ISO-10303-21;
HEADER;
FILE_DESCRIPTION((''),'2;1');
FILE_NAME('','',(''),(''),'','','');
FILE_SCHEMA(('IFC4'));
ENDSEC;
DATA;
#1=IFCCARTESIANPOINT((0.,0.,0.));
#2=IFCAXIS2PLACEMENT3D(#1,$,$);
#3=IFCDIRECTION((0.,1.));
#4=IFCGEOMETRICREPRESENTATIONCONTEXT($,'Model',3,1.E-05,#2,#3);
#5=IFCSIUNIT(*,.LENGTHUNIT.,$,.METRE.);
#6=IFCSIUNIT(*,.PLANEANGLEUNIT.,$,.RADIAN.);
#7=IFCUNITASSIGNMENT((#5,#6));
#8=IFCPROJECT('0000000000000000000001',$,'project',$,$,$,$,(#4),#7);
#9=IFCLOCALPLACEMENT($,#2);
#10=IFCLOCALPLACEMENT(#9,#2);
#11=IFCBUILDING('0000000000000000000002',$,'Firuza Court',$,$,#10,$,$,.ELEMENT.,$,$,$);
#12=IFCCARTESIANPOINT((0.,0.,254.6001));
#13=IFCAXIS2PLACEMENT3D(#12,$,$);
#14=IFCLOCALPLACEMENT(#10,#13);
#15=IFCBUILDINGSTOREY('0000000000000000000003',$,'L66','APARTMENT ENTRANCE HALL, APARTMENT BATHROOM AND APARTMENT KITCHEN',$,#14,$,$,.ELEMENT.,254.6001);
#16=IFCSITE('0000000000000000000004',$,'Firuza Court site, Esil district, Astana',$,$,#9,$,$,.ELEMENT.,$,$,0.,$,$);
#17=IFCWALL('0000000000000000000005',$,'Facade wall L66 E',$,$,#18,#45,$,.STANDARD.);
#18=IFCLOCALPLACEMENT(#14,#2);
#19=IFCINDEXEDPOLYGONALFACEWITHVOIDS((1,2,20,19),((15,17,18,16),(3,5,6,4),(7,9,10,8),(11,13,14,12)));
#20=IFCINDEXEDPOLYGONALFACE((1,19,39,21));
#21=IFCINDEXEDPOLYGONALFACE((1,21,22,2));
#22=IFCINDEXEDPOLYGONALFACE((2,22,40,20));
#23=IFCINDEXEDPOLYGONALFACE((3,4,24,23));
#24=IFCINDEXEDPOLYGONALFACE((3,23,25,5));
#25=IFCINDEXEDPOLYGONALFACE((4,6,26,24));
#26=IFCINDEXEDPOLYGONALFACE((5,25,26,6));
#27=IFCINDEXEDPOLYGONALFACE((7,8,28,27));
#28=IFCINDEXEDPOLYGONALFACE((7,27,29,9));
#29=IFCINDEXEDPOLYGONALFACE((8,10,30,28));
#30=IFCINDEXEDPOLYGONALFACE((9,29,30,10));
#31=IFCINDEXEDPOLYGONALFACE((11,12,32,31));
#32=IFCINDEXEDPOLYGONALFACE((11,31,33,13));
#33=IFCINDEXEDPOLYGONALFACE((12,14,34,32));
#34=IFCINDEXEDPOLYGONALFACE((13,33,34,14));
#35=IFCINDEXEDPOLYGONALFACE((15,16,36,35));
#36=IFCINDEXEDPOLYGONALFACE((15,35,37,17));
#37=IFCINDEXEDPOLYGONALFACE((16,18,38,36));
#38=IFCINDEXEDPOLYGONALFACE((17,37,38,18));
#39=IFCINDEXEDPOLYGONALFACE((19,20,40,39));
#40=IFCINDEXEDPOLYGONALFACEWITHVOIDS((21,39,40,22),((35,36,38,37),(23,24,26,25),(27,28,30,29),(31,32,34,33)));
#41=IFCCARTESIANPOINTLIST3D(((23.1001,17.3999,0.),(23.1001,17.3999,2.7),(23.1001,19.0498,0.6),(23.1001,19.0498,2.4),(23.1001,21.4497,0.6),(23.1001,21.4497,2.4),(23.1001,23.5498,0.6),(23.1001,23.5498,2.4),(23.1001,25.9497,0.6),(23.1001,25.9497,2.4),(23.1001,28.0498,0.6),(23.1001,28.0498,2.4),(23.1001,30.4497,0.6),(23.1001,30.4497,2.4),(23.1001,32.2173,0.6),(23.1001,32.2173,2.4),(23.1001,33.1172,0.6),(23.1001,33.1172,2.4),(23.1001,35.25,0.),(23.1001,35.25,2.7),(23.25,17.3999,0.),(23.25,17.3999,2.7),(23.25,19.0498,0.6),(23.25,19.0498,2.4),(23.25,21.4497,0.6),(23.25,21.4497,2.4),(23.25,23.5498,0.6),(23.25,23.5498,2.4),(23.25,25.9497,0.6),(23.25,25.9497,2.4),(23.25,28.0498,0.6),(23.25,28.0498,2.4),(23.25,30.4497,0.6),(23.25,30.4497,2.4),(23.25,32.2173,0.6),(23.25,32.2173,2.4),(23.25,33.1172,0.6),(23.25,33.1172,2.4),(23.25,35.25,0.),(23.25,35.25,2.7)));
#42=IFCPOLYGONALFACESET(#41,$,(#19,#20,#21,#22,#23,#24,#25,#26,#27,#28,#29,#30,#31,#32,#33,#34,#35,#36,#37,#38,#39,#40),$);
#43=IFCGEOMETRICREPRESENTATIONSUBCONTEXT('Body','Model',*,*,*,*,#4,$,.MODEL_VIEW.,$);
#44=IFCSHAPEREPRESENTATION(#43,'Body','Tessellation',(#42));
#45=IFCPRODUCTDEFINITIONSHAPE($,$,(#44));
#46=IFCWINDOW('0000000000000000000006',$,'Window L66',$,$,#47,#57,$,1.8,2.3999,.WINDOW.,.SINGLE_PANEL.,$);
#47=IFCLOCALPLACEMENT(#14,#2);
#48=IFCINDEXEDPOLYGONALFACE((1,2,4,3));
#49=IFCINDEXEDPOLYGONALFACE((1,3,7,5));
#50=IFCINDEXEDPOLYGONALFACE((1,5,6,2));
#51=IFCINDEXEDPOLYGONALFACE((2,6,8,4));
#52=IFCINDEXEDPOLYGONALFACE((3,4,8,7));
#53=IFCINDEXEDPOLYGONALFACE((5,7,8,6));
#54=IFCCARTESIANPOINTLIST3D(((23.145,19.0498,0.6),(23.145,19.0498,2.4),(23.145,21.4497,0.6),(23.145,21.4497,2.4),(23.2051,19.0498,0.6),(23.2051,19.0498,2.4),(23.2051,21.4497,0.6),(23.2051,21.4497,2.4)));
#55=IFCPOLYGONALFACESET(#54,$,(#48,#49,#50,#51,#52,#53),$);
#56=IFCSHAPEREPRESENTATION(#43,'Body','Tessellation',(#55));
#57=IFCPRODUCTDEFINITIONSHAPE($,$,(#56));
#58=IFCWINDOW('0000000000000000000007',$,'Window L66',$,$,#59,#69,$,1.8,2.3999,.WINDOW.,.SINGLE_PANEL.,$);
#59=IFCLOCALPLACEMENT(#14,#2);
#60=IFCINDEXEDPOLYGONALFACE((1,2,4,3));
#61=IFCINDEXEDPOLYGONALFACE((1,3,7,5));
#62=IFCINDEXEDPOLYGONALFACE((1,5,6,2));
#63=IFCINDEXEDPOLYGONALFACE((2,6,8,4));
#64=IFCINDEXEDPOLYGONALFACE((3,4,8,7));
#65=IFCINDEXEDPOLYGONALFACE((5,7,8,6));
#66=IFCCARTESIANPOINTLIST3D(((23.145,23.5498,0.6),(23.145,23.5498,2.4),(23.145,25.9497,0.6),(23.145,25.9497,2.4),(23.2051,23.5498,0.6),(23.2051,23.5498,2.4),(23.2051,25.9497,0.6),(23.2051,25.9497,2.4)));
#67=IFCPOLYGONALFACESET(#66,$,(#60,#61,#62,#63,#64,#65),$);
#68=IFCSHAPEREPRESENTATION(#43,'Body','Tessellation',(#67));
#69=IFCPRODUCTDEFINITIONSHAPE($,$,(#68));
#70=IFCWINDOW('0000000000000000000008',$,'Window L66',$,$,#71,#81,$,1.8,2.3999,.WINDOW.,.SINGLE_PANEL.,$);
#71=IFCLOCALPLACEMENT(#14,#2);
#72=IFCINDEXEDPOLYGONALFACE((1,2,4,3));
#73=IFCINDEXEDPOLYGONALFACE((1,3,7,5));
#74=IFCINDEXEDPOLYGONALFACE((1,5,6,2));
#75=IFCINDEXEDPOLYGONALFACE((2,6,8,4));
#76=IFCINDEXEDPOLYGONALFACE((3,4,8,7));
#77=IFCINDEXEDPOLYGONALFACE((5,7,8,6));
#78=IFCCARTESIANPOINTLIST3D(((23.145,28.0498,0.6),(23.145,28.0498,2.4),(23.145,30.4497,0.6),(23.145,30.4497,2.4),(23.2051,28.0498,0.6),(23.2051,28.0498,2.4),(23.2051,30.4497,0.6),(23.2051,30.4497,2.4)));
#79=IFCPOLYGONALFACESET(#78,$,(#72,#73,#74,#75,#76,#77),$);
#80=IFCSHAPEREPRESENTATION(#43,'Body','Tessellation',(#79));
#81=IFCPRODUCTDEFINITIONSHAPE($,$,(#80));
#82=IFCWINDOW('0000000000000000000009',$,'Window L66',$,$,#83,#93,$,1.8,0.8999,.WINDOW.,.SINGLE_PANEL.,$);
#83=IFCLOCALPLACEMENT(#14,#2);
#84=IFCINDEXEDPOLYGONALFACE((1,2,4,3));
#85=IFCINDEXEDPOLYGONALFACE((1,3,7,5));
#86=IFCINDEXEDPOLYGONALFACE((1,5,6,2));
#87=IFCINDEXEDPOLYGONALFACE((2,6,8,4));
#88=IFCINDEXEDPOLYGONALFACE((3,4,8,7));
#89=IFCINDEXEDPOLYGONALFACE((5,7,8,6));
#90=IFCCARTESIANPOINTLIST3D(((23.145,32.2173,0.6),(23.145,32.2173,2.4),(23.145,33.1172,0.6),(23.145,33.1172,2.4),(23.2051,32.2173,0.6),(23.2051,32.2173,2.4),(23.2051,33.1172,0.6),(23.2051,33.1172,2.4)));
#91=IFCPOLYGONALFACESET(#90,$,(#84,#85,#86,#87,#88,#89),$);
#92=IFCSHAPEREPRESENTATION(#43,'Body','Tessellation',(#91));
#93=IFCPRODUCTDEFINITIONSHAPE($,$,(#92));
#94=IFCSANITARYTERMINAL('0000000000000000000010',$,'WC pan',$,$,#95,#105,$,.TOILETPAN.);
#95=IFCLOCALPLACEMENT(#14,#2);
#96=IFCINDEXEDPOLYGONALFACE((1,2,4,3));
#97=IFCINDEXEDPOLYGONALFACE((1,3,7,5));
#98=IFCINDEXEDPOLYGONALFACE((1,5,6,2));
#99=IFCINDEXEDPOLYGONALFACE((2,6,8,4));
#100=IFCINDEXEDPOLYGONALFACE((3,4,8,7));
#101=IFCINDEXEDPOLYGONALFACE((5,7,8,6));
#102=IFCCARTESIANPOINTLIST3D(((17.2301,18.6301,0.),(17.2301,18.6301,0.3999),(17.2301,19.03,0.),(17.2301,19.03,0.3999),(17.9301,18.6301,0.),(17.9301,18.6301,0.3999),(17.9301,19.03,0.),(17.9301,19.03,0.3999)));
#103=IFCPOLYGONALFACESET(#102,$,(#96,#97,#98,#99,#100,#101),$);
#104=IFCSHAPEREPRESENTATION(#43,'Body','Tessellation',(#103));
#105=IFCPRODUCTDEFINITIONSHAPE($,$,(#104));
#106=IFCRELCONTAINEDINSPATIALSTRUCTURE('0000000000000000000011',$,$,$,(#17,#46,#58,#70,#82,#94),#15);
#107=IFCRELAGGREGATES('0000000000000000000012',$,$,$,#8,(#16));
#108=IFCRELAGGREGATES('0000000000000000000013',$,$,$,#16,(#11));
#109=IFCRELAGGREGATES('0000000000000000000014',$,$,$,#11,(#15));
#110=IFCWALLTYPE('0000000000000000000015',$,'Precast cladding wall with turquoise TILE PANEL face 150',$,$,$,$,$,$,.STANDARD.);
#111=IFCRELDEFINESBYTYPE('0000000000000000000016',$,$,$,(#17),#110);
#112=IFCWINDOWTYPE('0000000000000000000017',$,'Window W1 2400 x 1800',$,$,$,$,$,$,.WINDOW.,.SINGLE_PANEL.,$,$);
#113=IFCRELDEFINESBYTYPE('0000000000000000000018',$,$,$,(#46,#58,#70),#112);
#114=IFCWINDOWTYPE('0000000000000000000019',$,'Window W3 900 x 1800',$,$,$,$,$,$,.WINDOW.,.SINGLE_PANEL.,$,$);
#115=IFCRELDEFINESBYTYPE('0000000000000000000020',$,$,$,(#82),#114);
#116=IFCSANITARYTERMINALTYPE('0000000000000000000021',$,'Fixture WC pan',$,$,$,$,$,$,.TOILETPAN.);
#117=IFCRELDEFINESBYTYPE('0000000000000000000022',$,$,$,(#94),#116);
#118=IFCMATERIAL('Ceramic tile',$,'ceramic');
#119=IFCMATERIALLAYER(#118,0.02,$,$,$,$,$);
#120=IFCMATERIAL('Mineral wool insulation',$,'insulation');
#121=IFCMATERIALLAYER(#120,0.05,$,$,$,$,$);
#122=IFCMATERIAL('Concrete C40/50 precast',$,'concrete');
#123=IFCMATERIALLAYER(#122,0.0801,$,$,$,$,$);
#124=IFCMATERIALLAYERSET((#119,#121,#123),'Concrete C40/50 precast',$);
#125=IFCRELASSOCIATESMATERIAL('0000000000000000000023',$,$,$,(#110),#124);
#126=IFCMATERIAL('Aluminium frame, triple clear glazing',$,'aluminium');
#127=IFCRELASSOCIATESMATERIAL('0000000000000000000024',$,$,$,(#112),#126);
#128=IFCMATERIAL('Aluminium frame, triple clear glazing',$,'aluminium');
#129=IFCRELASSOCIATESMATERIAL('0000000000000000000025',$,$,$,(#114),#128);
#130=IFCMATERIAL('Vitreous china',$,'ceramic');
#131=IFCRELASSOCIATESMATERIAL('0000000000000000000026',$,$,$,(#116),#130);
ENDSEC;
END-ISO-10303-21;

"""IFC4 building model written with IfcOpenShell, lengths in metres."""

from ifc_helpers import new_model, si_unit, direction, frame, frame_2d, origin, origin_2d, place, context, subcontext, project, spatial, rectangle, extrude, material, layer, layer_set, type_object, element, fill, save


model = new_model("IFC4")

# Units and contexts
model_context = context("Model", 3, precision=1e-05, world=origin(), true_north=direction((0.0, 1.0)))
body_context = subcontext(model_context, "Body", "Model", "MODEL_VIEW")
ifc_project = project(units=[si_unit("LENGTHUNIT", "METRE"), si_unit("PLANEANGLEUNIT", "RADIAN")], contexts=[model_context])

# Site, building, storey
site_placement = place(None, origin())
site = spatial("IfcSite", under=ifc_project, at=site_placement, Name="Firuza Court site, Esil district, Astana", CompositionType="ELEMENT", RefElevation=0.0)
building_placement = place(site_placement, origin())
building = spatial("IfcBuilding", under=site, at=building_placement, Name="Firuza Court", CompositionType="ELEMENT")
storey_placement = place(building_placement, frame((0.0, 0.0, 254.6001)))
storey = spatial("IfcBuildingStorey", under=building, at=storey_placement, Name="L66", Description="APARTMENT ENTRANCE HALL, APARTMENT BATHROOM AND APARTMENT KITCHEN", CompositionType="ELEMENT", Elevation=254.6001)

# Wall, openings, windows
ifc_material_1 = material(Name="Ceramic tile", Category="ceramic")
ifc_layer_1 = layer(ifc_material_1, 0.02)
ifc_material_2 = material(Name="Mineral wool insulation", Category="insulation")
ifc_layer_2 = layer(ifc_material_2, 0.05)
ifc_material_3 = material(Name="Concrete C40/50 precast", Category="concrete")
ifc_layer_3 = layer(ifc_material_3, 0.0801)
ifc_layer_set_1 = layer_set([ifc_layer_1, ifc_layer_2, ifc_layer_3], Name="Concrete C40/50 precast")
wall_type_1 = type_object("IfcWallType", Name="Precast cladding wall with turquoise TILE PANEL face 150", PredefinedType="STANDARD", material=ifc_layer_set_1)
wall_1_placement = place(storey_placement, frame((23.175, 17.3999, 0.0), z_axis=(0.0, 0.0, 1.0), x_axis=(0.0, 1.0, 0.0)))
wall_1 = element("IfcWall", 1, at=wall_1_placement, inside=storey, type_object=wall_type_1, Name="Facade wall L66 E", PredefinedType="STANDARD", context=body_context, shape_type="SweptSolid", body=[
    extrude(rectangle(XDim=17.8501, YDim=0.1499, at=frame_2d((8.925, 0.0))), origin(), (0.0, 0.0, 1.0), 2.7),
])
opening_1_placement = place(wall_1_placement, frame((1.6499, 0.0, 0.6001)))
opening_1 = element("IfcOpeningElement", 2, at=opening_1_placement, cuts=wall_1, PredefinedType="OPENING", context=body_context, shape_type="SweptSolid", body=[
    extrude(rectangle(XDim=2.3999, YDim=1.8, at=frame_2d((1.2, 0.8999))), frame((0.0, 0.0869, 0.0), z_axis=(0.0, -1.0, 0.0), x_axis=(1.0, 0.0, 0.0)), (0.0, 0.0, 1.0), 0.1738),
])
opening_2_placement = place(wall_1_placement, frame((6.1499, 0.0, 0.6001)))
opening_2 = element("IfcOpeningElement", 3, at=opening_2_placement, cuts=wall_1, PredefinedType="OPENING", context=body_context, shape_type="SweptSolid", body=[
    extrude(rectangle(XDim=2.3999, YDim=1.8, at=frame_2d((1.2, 0.8999))), frame((0.0, 0.0869, 0.0), z_axis=(0.0, -1.0, 0.0), x_axis=(1.0, 0.0, 0.0)), (0.0, 0.0, 1.0), 0.1738),
])
opening_3_placement = place(wall_1_placement, frame((10.6499, 0.0, 0.6001)))
opening_3 = element("IfcOpeningElement", 4, at=opening_3_placement, cuts=wall_1, PredefinedType="OPENING", context=body_context, shape_type="SweptSolid", body=[
    extrude(rectangle(XDim=2.3999, YDim=1.8, at=frame_2d((1.2, 0.8999))), frame((0.0, 0.0869, 0.0), z_axis=(0.0, -1.0, 0.0), x_axis=(1.0, 0.0, 0.0)), (0.0, 0.0, 1.0), 0.1738),
])
opening_4_placement = place(wall_1_placement, frame((14.8174, 0.0, 0.6001)))
opening_4 = element("IfcOpeningElement", 5, at=opening_4_placement, cuts=wall_1, PredefinedType="OPENING", context=body_context, shape_type="SweptSolid", body=[
    extrude(rectangle(XDim=0.8999, YDim=1.8, at=frame_2d((0.45, 0.8999))), frame((0.0, 0.0869, 0.0), z_axis=(0.0, -1.0, 0.0), x_axis=(1.0, 0.0, 0.0)), (0.0, 0.0, 1.0), 0.1738),
])
ifc_material_4 = material(Name="Aluminium frame, triple clear glazing", Category="aluminium")
window_type_1 = type_object("IfcWindowType", Name="Window W1 2400 x 1800", PartitioningType="SINGLE_PANEL", PredefinedType="WINDOW", material=ifc_material_4)
window_1_placement = place(opening_1_placement, origin())
window_1 = element("IfcWindow", 6, at=window_1_placement, inside=storey, type_object=window_type_1, Name="Window L66", OverallHeight=1.8, OverallWidth=2.3999, PartitioningType="SINGLE_PANEL", PredefinedType="WINDOW", context=body_context, shape_type="SweptSolid", body=[
    extrude(rectangle(XDim=2.3999, YDim=1.8, at=frame_2d((1.2, 0.8999))), frame((0.0, 0.03, 0.0), z_axis=(0.0, -1.0, 0.0), x_axis=(1.0, 0.0, 0.0)), (0.0, 0.0, 1.0), 0.0601),
])
fill(opening_1, window_1)
window_2_placement = place(opening_2_placement, origin())
window_2 = element("IfcWindow", 7, at=window_2_placement, inside=storey, type_object=window_type_1, Name="Window L66", OverallHeight=1.8, OverallWidth=2.3999, PartitioningType="SINGLE_PANEL", PredefinedType="WINDOW", context=body_context, shape_type="SweptSolid", body=[
    extrude(rectangle(XDim=2.3999, YDim=1.8, at=frame_2d((1.2, 0.8999))), frame((0.0, 0.03, 0.0), z_axis=(0.0, -1.0, 0.0), x_axis=(1.0, 0.0, 0.0)), (0.0, 0.0, 1.0), 0.0601),
])
fill(opening_2, window_2)
window_3_placement = place(opening_3_placement, origin())
window_3 = element("IfcWindow", 8, at=window_3_placement, inside=storey, type_object=window_type_1, Name="Window L66", OverallHeight=1.8, OverallWidth=2.3999, PartitioningType="SINGLE_PANEL", PredefinedType="WINDOW", context=body_context, shape_type="SweptSolid", body=[
    extrude(rectangle(XDim=2.3999, YDim=1.8, at=frame_2d((1.2, 0.8999))), frame((0.0, 0.03, 0.0), z_axis=(0.0, -1.0, 0.0), x_axis=(1.0, 0.0, 0.0)), (0.0, 0.0, 1.0), 0.0601),
])
fill(opening_3, window_3)
ifc_material_5 = material(Name="Aluminium frame, triple clear glazing", Category="aluminium")
window_type_2 = type_object("IfcWindowType", Name="Window W3 900 x 1800", PartitioningType="SINGLE_PANEL", PredefinedType="WINDOW", material=ifc_material_5)
window_4_placement = place(opening_4_placement, origin())
window_4 = element("IfcWindow", 9, at=window_4_placement, inside=storey, type_object=window_type_2, Name="Window L66", OverallHeight=1.8, OverallWidth=0.8999, PartitioningType="SINGLE_PANEL", PredefinedType="WINDOW", context=body_context, shape_type="SweptSolid", body=[
    extrude(rectangle(XDim=0.8999, YDim=1.8, at=frame_2d((0.45, 0.8999))), frame((0.0, 0.03, 0.0), z_axis=(0.0, -1.0, 0.0), x_axis=(1.0, 0.0, 0.0)), (0.0, 0.0, 1.0), 0.0601),
])
fill(opening_4, window_4)

# Sanitary terminal
ifc_material_6 = material(Name="Vitreous china", Category="ceramic")
sanitary_terminal_type = type_object("IfcSanitaryTerminalType", Name="Fixture WC pan", PredefinedType="TOILETPAN", material=ifc_material_6)
sanitary_terminal_placement = place(storey_placement, frame((17.5801, 18.8301, 0.0), z_axis=(0.0, 0.0, 1.0), x_axis=(1.0, 0.0, 0.0)))
element("IfcSanitaryTerminal", 10, at=sanitary_terminal_placement, inside=storey, type_object=sanitary_terminal_type, Name="WC pan", PredefinedType="TOILETPAN", context=body_context, shape_type="SweptSolid", body=[
    extrude(rectangle(XDim=0.7, YDim=0.3999, at=origin_2d()), origin(), (0.0, 0.0, 1.0), 0.3999),
])

save(model, "model.ifc")
